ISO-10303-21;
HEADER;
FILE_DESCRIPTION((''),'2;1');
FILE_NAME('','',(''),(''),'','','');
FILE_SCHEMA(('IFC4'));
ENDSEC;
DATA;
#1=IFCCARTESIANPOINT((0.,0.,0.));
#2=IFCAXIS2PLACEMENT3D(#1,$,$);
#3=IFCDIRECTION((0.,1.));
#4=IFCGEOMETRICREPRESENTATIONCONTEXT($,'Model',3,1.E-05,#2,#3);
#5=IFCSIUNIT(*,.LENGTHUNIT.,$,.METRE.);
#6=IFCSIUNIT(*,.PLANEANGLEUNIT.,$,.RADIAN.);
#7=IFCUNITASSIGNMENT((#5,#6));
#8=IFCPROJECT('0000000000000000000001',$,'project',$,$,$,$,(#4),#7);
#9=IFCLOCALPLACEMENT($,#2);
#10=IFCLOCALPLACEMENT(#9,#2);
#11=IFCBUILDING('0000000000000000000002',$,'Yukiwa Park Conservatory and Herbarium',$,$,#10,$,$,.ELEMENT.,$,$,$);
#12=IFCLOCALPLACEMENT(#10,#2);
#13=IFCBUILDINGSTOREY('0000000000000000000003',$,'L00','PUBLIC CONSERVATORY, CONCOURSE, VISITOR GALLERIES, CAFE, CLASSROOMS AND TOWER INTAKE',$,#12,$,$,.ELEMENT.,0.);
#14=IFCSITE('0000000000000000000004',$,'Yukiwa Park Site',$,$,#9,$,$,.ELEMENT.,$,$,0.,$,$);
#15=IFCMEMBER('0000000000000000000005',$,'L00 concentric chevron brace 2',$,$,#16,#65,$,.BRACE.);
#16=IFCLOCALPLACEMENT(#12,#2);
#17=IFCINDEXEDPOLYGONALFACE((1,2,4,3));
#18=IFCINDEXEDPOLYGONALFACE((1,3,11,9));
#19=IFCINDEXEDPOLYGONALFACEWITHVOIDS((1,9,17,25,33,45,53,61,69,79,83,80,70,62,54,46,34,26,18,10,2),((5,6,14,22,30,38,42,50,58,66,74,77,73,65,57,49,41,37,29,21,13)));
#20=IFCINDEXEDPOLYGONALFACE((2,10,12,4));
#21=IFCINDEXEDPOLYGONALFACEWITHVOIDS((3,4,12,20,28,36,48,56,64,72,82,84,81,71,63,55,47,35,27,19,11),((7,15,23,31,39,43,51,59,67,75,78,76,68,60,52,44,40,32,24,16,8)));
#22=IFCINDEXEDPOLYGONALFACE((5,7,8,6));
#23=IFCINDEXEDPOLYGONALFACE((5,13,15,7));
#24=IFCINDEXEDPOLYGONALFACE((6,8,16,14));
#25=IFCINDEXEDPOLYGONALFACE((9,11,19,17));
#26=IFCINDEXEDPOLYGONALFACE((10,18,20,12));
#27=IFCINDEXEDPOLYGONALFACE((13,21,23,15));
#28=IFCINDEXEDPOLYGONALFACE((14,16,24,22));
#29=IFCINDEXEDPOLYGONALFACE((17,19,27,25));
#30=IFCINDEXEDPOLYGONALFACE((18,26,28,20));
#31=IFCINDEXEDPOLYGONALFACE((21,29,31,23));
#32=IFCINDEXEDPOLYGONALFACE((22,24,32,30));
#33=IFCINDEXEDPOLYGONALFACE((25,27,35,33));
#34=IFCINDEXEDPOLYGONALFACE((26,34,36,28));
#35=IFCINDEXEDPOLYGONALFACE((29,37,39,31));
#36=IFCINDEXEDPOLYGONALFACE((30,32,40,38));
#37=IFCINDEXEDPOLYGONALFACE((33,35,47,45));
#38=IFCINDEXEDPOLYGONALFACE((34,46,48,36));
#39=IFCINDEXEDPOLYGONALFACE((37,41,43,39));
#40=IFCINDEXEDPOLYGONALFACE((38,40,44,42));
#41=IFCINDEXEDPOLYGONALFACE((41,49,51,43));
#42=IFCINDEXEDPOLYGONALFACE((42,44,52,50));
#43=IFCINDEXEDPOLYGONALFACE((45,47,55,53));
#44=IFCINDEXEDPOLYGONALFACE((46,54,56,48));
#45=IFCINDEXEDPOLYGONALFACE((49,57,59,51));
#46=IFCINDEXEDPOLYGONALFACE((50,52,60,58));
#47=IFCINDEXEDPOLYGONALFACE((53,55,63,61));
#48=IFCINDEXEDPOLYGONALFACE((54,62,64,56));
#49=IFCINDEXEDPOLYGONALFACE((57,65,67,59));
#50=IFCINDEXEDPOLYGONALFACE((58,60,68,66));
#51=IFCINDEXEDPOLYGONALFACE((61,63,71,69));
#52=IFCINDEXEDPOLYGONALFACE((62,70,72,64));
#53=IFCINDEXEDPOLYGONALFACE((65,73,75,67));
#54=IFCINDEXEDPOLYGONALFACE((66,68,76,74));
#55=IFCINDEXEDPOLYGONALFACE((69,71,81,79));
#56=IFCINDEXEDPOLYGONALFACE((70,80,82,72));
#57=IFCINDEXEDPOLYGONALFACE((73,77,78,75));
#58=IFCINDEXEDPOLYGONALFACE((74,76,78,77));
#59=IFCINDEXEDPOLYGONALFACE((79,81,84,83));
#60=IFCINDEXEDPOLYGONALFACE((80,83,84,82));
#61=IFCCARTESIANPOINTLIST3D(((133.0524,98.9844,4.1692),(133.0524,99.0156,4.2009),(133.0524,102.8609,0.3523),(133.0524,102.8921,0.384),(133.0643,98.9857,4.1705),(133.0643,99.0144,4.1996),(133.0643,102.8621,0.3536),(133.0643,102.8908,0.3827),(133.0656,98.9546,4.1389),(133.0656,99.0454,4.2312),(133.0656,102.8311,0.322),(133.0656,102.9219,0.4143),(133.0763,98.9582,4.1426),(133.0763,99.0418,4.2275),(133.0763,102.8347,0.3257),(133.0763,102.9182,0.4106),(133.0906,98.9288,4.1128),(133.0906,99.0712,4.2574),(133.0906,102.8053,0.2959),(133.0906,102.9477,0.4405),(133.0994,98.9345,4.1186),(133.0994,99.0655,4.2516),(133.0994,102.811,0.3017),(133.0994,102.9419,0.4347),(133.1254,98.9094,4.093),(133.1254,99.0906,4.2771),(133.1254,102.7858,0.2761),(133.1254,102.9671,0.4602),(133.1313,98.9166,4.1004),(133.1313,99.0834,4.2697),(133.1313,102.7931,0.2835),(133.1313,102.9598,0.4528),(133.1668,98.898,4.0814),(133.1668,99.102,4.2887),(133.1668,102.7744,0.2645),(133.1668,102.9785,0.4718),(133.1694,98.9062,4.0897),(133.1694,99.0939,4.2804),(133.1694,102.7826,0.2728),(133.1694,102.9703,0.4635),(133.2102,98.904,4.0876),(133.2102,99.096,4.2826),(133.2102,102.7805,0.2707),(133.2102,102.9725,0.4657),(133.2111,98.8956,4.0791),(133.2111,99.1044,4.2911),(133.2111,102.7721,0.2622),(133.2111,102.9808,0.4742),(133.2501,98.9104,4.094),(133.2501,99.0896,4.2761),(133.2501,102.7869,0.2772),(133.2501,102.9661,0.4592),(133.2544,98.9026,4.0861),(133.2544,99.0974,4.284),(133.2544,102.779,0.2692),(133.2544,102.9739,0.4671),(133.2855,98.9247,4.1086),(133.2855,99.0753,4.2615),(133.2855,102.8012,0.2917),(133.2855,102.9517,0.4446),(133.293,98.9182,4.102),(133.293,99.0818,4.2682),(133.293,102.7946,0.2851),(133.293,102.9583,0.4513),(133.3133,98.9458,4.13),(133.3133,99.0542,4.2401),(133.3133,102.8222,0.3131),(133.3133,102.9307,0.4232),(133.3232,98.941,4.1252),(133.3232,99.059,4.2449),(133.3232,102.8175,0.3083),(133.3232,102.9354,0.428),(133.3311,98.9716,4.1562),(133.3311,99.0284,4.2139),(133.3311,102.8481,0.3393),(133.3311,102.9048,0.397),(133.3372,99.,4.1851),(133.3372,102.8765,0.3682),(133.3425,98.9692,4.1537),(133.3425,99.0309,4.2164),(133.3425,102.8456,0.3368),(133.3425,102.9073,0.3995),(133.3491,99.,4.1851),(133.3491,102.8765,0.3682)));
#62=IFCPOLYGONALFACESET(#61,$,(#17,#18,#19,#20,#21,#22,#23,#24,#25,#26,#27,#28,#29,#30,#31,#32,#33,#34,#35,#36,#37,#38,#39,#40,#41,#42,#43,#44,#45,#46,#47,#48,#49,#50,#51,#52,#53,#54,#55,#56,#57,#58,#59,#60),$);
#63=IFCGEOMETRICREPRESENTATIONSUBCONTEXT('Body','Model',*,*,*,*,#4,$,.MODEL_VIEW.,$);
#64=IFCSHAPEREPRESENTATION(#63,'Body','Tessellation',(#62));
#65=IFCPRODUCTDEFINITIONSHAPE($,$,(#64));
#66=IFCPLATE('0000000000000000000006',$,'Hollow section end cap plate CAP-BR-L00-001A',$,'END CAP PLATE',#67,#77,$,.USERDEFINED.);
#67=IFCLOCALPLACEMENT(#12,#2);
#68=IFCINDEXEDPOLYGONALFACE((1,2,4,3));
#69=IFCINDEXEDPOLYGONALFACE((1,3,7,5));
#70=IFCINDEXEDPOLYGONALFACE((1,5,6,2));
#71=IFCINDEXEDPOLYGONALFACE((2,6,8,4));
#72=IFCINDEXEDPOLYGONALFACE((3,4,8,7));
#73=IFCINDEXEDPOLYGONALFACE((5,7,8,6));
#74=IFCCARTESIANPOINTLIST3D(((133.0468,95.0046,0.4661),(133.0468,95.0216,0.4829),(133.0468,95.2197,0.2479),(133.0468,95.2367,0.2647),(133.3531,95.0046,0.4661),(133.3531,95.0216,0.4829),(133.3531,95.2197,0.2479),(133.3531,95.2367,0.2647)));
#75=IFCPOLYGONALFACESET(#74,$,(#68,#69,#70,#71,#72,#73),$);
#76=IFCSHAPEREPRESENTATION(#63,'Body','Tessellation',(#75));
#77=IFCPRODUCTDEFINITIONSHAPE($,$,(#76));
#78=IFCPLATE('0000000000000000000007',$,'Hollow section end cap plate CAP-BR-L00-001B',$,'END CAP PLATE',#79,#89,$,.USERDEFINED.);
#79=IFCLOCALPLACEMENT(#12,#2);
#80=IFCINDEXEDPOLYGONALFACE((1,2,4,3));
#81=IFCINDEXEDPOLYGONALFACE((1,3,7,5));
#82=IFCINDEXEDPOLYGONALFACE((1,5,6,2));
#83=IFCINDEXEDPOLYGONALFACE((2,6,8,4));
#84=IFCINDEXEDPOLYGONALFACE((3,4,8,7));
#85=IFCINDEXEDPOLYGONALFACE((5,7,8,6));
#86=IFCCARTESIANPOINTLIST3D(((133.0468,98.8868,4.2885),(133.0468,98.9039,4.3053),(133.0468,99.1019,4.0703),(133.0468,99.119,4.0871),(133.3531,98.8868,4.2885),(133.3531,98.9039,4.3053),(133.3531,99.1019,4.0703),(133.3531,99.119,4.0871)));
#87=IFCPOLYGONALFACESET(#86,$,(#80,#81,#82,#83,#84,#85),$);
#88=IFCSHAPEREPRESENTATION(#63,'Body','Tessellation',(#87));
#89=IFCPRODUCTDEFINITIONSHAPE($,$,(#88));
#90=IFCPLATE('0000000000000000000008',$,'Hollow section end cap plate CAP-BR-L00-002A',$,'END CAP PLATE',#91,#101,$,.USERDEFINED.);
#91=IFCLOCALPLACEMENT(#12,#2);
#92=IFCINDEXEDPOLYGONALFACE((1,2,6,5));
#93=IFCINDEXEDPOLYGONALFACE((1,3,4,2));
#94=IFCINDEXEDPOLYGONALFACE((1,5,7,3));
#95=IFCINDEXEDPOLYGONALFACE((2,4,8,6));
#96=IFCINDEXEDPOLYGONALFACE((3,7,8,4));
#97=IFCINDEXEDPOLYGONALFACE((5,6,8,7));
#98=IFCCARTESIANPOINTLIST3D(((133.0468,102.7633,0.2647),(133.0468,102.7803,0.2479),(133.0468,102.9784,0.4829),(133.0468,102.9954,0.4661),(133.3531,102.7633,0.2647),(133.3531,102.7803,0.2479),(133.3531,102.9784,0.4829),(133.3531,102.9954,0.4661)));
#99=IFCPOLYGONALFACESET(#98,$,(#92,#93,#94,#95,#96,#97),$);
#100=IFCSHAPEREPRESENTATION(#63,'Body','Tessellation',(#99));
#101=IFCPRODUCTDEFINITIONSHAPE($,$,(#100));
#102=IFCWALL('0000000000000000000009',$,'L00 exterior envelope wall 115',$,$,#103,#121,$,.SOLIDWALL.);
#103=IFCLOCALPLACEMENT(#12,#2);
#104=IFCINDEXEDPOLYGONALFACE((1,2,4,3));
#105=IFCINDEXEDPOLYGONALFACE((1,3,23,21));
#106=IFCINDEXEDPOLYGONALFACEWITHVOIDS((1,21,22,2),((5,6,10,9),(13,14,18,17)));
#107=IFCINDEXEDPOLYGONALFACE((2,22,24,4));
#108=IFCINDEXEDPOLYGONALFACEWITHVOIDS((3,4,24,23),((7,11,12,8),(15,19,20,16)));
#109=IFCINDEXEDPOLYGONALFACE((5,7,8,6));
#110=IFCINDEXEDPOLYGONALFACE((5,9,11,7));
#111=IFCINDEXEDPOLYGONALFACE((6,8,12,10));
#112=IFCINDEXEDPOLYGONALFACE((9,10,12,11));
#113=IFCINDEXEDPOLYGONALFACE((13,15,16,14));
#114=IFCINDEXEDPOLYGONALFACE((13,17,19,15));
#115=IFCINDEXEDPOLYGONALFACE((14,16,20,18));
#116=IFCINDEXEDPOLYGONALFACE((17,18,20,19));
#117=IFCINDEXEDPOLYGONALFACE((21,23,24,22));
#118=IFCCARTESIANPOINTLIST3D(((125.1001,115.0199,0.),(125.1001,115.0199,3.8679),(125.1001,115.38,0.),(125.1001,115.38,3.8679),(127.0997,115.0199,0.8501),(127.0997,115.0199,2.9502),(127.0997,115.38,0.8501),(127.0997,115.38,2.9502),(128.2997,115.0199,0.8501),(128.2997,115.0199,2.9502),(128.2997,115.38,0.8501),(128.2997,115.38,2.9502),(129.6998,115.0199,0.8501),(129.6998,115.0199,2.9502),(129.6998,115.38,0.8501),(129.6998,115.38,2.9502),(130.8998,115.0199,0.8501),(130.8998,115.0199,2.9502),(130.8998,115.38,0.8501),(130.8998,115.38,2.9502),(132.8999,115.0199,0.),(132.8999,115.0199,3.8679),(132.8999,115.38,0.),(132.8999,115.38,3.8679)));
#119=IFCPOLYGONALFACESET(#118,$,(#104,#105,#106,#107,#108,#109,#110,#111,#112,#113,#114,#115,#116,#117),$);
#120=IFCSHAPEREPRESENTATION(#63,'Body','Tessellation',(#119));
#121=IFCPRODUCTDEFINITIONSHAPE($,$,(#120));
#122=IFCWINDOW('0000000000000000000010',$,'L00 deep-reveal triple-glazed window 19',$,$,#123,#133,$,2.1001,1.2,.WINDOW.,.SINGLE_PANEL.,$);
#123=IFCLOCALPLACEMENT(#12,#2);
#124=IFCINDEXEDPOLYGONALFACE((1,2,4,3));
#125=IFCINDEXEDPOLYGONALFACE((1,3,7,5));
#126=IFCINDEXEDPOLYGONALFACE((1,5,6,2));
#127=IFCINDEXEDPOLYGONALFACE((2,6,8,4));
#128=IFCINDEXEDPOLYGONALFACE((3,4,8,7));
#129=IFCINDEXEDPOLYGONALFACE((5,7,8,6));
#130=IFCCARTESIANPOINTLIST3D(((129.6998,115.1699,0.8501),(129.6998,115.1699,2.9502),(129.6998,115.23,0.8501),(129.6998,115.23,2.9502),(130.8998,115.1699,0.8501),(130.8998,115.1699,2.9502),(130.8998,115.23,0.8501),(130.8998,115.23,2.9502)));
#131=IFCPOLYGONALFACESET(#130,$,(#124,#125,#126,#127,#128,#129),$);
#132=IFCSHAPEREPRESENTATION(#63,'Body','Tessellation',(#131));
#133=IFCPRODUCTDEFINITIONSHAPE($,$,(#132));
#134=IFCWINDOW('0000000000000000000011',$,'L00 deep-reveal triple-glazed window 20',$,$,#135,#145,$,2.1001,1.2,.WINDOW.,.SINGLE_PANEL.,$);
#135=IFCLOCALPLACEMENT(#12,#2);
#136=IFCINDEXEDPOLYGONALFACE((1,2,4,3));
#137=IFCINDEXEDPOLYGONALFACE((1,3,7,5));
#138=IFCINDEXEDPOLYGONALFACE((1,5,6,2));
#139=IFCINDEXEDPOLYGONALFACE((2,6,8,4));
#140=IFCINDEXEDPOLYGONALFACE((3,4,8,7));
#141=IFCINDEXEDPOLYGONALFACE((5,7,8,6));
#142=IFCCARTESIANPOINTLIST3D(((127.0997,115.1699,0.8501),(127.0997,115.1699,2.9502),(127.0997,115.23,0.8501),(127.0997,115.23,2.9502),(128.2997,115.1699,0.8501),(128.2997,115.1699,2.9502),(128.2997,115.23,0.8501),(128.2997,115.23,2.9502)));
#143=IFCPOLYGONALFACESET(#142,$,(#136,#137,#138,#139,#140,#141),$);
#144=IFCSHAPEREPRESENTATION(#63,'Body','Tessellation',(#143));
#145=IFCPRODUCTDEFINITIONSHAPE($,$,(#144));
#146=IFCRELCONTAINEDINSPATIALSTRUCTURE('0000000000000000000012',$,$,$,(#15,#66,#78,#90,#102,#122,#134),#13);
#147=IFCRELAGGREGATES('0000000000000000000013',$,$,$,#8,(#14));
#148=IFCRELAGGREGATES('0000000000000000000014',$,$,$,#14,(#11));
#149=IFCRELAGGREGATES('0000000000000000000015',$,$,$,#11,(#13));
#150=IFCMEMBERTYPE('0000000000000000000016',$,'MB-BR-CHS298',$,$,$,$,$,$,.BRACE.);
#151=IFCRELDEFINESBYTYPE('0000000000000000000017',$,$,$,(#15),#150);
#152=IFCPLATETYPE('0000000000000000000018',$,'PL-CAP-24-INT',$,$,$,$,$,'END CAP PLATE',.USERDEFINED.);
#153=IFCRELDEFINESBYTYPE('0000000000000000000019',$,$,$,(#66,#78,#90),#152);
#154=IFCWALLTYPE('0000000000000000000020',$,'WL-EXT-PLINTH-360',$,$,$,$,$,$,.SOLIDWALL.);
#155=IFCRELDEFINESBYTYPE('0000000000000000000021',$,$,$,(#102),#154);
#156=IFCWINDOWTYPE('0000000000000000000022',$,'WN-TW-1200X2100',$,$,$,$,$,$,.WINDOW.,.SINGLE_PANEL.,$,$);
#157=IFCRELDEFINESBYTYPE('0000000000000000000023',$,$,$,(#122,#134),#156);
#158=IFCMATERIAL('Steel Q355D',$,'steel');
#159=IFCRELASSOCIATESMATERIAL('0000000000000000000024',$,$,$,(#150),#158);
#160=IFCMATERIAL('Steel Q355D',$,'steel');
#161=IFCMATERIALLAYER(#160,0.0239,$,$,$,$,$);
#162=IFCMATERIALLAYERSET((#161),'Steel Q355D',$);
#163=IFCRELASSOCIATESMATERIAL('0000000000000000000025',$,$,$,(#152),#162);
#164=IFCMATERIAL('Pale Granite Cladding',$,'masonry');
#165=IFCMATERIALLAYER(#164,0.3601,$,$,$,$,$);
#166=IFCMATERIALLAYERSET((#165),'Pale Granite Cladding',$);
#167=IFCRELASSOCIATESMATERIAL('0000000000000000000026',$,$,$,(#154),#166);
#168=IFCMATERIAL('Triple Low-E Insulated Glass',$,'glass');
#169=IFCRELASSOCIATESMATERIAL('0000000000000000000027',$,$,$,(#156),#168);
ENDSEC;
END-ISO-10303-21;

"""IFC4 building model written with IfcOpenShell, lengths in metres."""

from ifc_helpers import new_model, si_unit, direction, frame, frame_2d, origin, origin_2d, place, context, subcontext, project, spatial, rectangle, hollow_circle, extrude, material, layer, layer_set, material_profile, profile_set, type_object, element, fill, save


model = new_model("IFC4")

# Units and contexts
model_context = context("Model", 3, precision=1e-05, world=origin(), true_north=direction((0.0, 1.0)))
body_context = subcontext(model_context, "Body", "Model", "MODEL_VIEW")
ifc_project = project(units=[si_unit("LENGTHUNIT", "METRE"), si_unit("PLANEANGLEUNIT", "RADIAN")], contexts=[model_context])

# Site, building, storey
site_placement = place(None, origin())
site = spatial("IfcSite", under=ifc_project, at=site_placement, Name="Yukiwa Park Site", CompositionType="ELEMENT", RefElevation=0.0)
building_placement = place(site_placement, origin())
building = spatial("IfcBuilding", under=site, at=building_placement, Name="Yukiwa Park Conservatory and Herbarium", CompositionType="ELEMENT")
storey_placement = place(building_placement, origin())
storey = spatial("IfcBuildingStorey", under=building, at=storey_placement, Name="L00", Description="PUBLIC CONSERVATORY, CONCOURSE, VISITOR GALLERIES, CAFE, CLASSROOMS AND TOWER INTAKE", CompositionType="ELEMENT", Elevation=0.0)

# Member
ifc_material_1 = material(Name="Steel Q355D", Category="steel")
ifc_material_profile_1 = material_profile(ifc_material_1, hollow_circle(Radius=0.1492, WallThickness=0.012, at=origin_2d()), Name="CHS 298.5x12")
ifc_profile_set_1 = profile_set([ifc_material_profile_1], Name="Steel Q355D")
member_type = type_object("IfcMemberType", Name="MB-BR-CHS298", PredefinedType="BRACE", material=ifc_profile_set_1)
for number, where, z_axis, x_axis, name in (
    (1, (133.2, 102.8765, 0.3682), (0.0, -0.712561, 0.701611), (1.0, 0.0, 0.0), "L00 concentric chevron brace 2"),
):
    element("IfcMember", number, at=place(storey_placement, frame(where, z_axis=z_axis, x_axis=x_axis)), inside=storey, type_object=member_type, Name=name, PredefinedType="BRACE", context=body_context, shape_type="SweptSolid", body=[
        extrude(hollow_circle(Radius=0.1492, WallThickness=0.012, at=origin_2d()), origin(), (0.0, 0.0, 1.0), 5.4402),
    ])

# Plates
ifc_material_2 = material(Name="Steel Q355D", Category="steel")
ifc_layer_1 = layer(ifc_material_2, 0.0239)
ifc_layer_set_1 = layer_set([ifc_layer_1], Name="Steel Q355D")
plate_type = type_object("IfcPlateType", Name="PL-CAP-24-INT", ElementType="END CAP PLATE", PredefinedType="USERDEFINED", material=ifc_layer_set_1)
for number, where, z_axis, x_axis, name in (
    (2, (133.2, 95.1292, 0.3738), (0.0, -0.712175, -0.702002), (1.0, 0.0, 0.0), "Hollow section end cap plate CAP-BR-L00-001A"),
    (3, (133.2, 98.9944, 4.1794), (0.0, 0.712175, 0.702002), (-1.0, 0.0, 0.0), "Hollow section end cap plate CAP-BR-L00-001B"),
    (4, (133.2, 102.8708, 0.3738), (0.0, 0.712175, -0.702002), (-1.0, 0.0, 0.0), "Hollow section end cap plate CAP-BR-L00-002A"),
):
    element("IfcPlate", number, at=place(storey_placement, frame(where, z_axis=z_axis, x_axis=x_axis)), inside=storey, type_object=plate_type, Name=name, ObjectType="END CAP PLATE", PredefinedType="USERDEFINED", context=body_context, shape_type="SweptSolid", body=[
        extrude(rectangle(XDim=0.3064, YDim=0.3064, at=origin_2d()), origin(), (0.0, 0.0, 1.0), 0.0239),
    ])

# Wall, openings, windows
ifc_material_3 = material(Name="Pale Granite Cladding", Category="masonry")
ifc_layer_2 = layer(ifc_material_3, 0.3601)
ifc_layer_set_2 = layer_set([ifc_layer_2], Name="Pale Granite Cladding")
wall_type_1 = type_object("IfcWallType", Name="WL-EXT-PLINTH-360", PredefinedType="SOLIDWALL", material=ifc_layer_set_2)
wall_1_placement = place(storey_placement, frame((132.8999, 115.2, 0.0), z_axis=(0.0, 0.0, 1.0), x_axis=(-1.0, 0.0, 0.0)))
wall_1 = element("IfcWall", 5, at=wall_1_placement, inside=storey, type_object=wall_type_1, Name="L00 exterior envelope wall 115", PredefinedType="SOLIDWALL", context=body_context, shape_type="SweptSolid", body=[
    extrude(rectangle(XDim=7.7998, YDim=0.3601, at=frame_2d((3.8999, 0.0))), origin(), (0.0, 0.0, 1.0), 3.8679),
])
opening_1_placement = place(wall_1_placement, frame((2.0, 0.0, 0.8501)))
opening_1 = element("IfcOpeningElement", 6, at=opening_1_placement, cuts=wall_1, PredefinedType="OPENING", context=body_context, shape_type="SweptSolid", body=[
    extrude(rectangle(XDim=1.2, YDim=2.1001, at=frame_2d((0.6001, 1.05))), frame((0.0, 0.1899, 0.0), z_axis=(0.0, -1.0, 0.0), x_axis=(1.0, 0.0, 0.0)), (0.0, 0.0, 1.0), 0.3801),
])
opening_2_placement = place(wall_1_placement, frame((4.6001, 0.0, 0.8501)))
opening_2 = element("IfcOpeningElement", 7, at=opening_2_placement, cuts=wall_1, PredefinedType="OPENING", context=body_context, shape_type="SweptSolid", body=[
    extrude(rectangle(XDim=1.2, YDim=2.1001, at=frame_2d((0.6001, 1.05))), frame((0.0, 0.1899, 0.0), z_axis=(0.0, -1.0, 0.0), x_axis=(1.0, 0.0, 0.0)), (0.0, 0.0, 1.0), 0.3801),
])
ifc_material_4 = material(Name="Triple Low-E Insulated Glass", Category="glass")
window_type_1 = type_object("IfcWindowType", Name="WN-TW-1200X2100", PartitioningType="SINGLE_PANEL", PredefinedType="WINDOW", material=ifc_material_4)
window_1_placement = place(opening_1_placement, origin())
window_1 = element("IfcWindow", 8, at=window_1_placement, inside=storey, type_object=window_type_1, Name="L00 deep-reveal triple-glazed window 19", OverallHeight=2.1001, OverallWidth=1.2, PartitioningType="SINGLE_PANEL", PredefinedType="WINDOW", context=body_context, shape_type="SweptSolid", body=[
    extrude(rectangle(XDim=1.2, YDim=2.1001, at=frame_2d((0.6001, 1.05))), frame((0.0, 0.03, 0.0), z_axis=(0.0, -1.0, 0.0), x_axis=(1.0, 0.0, 0.0)), (0.0, 0.0, 1.0), 0.0601),
])
fill(opening_1, window_1)
window_2_placement = place(opening_2_placement, origin())
window_2 = element("IfcWindow", 9, at=window_2_placement, inside=storey, type_object=window_type_1, Name="L00 deep-reveal triple-glazed window 20", OverallHeight=2.1001, OverallWidth=1.2, PartitioningType="SINGLE_PANEL", PredefinedType="WINDOW", context=body_context, shape_type="SweptSolid", body=[
    extrude(rectangle(XDim=1.2, YDim=2.1001, at=frame_2d((0.6001, 1.05))), frame((0.0, 0.03, 0.0), z_axis=(0.0, -1.0, 0.0), x_axis=(1.0, 0.0, 0.0)), (0.0, 0.0, 1.0), 0.0601),
])
fill(opening_2, window_2)

save(model, "model.ifc")
